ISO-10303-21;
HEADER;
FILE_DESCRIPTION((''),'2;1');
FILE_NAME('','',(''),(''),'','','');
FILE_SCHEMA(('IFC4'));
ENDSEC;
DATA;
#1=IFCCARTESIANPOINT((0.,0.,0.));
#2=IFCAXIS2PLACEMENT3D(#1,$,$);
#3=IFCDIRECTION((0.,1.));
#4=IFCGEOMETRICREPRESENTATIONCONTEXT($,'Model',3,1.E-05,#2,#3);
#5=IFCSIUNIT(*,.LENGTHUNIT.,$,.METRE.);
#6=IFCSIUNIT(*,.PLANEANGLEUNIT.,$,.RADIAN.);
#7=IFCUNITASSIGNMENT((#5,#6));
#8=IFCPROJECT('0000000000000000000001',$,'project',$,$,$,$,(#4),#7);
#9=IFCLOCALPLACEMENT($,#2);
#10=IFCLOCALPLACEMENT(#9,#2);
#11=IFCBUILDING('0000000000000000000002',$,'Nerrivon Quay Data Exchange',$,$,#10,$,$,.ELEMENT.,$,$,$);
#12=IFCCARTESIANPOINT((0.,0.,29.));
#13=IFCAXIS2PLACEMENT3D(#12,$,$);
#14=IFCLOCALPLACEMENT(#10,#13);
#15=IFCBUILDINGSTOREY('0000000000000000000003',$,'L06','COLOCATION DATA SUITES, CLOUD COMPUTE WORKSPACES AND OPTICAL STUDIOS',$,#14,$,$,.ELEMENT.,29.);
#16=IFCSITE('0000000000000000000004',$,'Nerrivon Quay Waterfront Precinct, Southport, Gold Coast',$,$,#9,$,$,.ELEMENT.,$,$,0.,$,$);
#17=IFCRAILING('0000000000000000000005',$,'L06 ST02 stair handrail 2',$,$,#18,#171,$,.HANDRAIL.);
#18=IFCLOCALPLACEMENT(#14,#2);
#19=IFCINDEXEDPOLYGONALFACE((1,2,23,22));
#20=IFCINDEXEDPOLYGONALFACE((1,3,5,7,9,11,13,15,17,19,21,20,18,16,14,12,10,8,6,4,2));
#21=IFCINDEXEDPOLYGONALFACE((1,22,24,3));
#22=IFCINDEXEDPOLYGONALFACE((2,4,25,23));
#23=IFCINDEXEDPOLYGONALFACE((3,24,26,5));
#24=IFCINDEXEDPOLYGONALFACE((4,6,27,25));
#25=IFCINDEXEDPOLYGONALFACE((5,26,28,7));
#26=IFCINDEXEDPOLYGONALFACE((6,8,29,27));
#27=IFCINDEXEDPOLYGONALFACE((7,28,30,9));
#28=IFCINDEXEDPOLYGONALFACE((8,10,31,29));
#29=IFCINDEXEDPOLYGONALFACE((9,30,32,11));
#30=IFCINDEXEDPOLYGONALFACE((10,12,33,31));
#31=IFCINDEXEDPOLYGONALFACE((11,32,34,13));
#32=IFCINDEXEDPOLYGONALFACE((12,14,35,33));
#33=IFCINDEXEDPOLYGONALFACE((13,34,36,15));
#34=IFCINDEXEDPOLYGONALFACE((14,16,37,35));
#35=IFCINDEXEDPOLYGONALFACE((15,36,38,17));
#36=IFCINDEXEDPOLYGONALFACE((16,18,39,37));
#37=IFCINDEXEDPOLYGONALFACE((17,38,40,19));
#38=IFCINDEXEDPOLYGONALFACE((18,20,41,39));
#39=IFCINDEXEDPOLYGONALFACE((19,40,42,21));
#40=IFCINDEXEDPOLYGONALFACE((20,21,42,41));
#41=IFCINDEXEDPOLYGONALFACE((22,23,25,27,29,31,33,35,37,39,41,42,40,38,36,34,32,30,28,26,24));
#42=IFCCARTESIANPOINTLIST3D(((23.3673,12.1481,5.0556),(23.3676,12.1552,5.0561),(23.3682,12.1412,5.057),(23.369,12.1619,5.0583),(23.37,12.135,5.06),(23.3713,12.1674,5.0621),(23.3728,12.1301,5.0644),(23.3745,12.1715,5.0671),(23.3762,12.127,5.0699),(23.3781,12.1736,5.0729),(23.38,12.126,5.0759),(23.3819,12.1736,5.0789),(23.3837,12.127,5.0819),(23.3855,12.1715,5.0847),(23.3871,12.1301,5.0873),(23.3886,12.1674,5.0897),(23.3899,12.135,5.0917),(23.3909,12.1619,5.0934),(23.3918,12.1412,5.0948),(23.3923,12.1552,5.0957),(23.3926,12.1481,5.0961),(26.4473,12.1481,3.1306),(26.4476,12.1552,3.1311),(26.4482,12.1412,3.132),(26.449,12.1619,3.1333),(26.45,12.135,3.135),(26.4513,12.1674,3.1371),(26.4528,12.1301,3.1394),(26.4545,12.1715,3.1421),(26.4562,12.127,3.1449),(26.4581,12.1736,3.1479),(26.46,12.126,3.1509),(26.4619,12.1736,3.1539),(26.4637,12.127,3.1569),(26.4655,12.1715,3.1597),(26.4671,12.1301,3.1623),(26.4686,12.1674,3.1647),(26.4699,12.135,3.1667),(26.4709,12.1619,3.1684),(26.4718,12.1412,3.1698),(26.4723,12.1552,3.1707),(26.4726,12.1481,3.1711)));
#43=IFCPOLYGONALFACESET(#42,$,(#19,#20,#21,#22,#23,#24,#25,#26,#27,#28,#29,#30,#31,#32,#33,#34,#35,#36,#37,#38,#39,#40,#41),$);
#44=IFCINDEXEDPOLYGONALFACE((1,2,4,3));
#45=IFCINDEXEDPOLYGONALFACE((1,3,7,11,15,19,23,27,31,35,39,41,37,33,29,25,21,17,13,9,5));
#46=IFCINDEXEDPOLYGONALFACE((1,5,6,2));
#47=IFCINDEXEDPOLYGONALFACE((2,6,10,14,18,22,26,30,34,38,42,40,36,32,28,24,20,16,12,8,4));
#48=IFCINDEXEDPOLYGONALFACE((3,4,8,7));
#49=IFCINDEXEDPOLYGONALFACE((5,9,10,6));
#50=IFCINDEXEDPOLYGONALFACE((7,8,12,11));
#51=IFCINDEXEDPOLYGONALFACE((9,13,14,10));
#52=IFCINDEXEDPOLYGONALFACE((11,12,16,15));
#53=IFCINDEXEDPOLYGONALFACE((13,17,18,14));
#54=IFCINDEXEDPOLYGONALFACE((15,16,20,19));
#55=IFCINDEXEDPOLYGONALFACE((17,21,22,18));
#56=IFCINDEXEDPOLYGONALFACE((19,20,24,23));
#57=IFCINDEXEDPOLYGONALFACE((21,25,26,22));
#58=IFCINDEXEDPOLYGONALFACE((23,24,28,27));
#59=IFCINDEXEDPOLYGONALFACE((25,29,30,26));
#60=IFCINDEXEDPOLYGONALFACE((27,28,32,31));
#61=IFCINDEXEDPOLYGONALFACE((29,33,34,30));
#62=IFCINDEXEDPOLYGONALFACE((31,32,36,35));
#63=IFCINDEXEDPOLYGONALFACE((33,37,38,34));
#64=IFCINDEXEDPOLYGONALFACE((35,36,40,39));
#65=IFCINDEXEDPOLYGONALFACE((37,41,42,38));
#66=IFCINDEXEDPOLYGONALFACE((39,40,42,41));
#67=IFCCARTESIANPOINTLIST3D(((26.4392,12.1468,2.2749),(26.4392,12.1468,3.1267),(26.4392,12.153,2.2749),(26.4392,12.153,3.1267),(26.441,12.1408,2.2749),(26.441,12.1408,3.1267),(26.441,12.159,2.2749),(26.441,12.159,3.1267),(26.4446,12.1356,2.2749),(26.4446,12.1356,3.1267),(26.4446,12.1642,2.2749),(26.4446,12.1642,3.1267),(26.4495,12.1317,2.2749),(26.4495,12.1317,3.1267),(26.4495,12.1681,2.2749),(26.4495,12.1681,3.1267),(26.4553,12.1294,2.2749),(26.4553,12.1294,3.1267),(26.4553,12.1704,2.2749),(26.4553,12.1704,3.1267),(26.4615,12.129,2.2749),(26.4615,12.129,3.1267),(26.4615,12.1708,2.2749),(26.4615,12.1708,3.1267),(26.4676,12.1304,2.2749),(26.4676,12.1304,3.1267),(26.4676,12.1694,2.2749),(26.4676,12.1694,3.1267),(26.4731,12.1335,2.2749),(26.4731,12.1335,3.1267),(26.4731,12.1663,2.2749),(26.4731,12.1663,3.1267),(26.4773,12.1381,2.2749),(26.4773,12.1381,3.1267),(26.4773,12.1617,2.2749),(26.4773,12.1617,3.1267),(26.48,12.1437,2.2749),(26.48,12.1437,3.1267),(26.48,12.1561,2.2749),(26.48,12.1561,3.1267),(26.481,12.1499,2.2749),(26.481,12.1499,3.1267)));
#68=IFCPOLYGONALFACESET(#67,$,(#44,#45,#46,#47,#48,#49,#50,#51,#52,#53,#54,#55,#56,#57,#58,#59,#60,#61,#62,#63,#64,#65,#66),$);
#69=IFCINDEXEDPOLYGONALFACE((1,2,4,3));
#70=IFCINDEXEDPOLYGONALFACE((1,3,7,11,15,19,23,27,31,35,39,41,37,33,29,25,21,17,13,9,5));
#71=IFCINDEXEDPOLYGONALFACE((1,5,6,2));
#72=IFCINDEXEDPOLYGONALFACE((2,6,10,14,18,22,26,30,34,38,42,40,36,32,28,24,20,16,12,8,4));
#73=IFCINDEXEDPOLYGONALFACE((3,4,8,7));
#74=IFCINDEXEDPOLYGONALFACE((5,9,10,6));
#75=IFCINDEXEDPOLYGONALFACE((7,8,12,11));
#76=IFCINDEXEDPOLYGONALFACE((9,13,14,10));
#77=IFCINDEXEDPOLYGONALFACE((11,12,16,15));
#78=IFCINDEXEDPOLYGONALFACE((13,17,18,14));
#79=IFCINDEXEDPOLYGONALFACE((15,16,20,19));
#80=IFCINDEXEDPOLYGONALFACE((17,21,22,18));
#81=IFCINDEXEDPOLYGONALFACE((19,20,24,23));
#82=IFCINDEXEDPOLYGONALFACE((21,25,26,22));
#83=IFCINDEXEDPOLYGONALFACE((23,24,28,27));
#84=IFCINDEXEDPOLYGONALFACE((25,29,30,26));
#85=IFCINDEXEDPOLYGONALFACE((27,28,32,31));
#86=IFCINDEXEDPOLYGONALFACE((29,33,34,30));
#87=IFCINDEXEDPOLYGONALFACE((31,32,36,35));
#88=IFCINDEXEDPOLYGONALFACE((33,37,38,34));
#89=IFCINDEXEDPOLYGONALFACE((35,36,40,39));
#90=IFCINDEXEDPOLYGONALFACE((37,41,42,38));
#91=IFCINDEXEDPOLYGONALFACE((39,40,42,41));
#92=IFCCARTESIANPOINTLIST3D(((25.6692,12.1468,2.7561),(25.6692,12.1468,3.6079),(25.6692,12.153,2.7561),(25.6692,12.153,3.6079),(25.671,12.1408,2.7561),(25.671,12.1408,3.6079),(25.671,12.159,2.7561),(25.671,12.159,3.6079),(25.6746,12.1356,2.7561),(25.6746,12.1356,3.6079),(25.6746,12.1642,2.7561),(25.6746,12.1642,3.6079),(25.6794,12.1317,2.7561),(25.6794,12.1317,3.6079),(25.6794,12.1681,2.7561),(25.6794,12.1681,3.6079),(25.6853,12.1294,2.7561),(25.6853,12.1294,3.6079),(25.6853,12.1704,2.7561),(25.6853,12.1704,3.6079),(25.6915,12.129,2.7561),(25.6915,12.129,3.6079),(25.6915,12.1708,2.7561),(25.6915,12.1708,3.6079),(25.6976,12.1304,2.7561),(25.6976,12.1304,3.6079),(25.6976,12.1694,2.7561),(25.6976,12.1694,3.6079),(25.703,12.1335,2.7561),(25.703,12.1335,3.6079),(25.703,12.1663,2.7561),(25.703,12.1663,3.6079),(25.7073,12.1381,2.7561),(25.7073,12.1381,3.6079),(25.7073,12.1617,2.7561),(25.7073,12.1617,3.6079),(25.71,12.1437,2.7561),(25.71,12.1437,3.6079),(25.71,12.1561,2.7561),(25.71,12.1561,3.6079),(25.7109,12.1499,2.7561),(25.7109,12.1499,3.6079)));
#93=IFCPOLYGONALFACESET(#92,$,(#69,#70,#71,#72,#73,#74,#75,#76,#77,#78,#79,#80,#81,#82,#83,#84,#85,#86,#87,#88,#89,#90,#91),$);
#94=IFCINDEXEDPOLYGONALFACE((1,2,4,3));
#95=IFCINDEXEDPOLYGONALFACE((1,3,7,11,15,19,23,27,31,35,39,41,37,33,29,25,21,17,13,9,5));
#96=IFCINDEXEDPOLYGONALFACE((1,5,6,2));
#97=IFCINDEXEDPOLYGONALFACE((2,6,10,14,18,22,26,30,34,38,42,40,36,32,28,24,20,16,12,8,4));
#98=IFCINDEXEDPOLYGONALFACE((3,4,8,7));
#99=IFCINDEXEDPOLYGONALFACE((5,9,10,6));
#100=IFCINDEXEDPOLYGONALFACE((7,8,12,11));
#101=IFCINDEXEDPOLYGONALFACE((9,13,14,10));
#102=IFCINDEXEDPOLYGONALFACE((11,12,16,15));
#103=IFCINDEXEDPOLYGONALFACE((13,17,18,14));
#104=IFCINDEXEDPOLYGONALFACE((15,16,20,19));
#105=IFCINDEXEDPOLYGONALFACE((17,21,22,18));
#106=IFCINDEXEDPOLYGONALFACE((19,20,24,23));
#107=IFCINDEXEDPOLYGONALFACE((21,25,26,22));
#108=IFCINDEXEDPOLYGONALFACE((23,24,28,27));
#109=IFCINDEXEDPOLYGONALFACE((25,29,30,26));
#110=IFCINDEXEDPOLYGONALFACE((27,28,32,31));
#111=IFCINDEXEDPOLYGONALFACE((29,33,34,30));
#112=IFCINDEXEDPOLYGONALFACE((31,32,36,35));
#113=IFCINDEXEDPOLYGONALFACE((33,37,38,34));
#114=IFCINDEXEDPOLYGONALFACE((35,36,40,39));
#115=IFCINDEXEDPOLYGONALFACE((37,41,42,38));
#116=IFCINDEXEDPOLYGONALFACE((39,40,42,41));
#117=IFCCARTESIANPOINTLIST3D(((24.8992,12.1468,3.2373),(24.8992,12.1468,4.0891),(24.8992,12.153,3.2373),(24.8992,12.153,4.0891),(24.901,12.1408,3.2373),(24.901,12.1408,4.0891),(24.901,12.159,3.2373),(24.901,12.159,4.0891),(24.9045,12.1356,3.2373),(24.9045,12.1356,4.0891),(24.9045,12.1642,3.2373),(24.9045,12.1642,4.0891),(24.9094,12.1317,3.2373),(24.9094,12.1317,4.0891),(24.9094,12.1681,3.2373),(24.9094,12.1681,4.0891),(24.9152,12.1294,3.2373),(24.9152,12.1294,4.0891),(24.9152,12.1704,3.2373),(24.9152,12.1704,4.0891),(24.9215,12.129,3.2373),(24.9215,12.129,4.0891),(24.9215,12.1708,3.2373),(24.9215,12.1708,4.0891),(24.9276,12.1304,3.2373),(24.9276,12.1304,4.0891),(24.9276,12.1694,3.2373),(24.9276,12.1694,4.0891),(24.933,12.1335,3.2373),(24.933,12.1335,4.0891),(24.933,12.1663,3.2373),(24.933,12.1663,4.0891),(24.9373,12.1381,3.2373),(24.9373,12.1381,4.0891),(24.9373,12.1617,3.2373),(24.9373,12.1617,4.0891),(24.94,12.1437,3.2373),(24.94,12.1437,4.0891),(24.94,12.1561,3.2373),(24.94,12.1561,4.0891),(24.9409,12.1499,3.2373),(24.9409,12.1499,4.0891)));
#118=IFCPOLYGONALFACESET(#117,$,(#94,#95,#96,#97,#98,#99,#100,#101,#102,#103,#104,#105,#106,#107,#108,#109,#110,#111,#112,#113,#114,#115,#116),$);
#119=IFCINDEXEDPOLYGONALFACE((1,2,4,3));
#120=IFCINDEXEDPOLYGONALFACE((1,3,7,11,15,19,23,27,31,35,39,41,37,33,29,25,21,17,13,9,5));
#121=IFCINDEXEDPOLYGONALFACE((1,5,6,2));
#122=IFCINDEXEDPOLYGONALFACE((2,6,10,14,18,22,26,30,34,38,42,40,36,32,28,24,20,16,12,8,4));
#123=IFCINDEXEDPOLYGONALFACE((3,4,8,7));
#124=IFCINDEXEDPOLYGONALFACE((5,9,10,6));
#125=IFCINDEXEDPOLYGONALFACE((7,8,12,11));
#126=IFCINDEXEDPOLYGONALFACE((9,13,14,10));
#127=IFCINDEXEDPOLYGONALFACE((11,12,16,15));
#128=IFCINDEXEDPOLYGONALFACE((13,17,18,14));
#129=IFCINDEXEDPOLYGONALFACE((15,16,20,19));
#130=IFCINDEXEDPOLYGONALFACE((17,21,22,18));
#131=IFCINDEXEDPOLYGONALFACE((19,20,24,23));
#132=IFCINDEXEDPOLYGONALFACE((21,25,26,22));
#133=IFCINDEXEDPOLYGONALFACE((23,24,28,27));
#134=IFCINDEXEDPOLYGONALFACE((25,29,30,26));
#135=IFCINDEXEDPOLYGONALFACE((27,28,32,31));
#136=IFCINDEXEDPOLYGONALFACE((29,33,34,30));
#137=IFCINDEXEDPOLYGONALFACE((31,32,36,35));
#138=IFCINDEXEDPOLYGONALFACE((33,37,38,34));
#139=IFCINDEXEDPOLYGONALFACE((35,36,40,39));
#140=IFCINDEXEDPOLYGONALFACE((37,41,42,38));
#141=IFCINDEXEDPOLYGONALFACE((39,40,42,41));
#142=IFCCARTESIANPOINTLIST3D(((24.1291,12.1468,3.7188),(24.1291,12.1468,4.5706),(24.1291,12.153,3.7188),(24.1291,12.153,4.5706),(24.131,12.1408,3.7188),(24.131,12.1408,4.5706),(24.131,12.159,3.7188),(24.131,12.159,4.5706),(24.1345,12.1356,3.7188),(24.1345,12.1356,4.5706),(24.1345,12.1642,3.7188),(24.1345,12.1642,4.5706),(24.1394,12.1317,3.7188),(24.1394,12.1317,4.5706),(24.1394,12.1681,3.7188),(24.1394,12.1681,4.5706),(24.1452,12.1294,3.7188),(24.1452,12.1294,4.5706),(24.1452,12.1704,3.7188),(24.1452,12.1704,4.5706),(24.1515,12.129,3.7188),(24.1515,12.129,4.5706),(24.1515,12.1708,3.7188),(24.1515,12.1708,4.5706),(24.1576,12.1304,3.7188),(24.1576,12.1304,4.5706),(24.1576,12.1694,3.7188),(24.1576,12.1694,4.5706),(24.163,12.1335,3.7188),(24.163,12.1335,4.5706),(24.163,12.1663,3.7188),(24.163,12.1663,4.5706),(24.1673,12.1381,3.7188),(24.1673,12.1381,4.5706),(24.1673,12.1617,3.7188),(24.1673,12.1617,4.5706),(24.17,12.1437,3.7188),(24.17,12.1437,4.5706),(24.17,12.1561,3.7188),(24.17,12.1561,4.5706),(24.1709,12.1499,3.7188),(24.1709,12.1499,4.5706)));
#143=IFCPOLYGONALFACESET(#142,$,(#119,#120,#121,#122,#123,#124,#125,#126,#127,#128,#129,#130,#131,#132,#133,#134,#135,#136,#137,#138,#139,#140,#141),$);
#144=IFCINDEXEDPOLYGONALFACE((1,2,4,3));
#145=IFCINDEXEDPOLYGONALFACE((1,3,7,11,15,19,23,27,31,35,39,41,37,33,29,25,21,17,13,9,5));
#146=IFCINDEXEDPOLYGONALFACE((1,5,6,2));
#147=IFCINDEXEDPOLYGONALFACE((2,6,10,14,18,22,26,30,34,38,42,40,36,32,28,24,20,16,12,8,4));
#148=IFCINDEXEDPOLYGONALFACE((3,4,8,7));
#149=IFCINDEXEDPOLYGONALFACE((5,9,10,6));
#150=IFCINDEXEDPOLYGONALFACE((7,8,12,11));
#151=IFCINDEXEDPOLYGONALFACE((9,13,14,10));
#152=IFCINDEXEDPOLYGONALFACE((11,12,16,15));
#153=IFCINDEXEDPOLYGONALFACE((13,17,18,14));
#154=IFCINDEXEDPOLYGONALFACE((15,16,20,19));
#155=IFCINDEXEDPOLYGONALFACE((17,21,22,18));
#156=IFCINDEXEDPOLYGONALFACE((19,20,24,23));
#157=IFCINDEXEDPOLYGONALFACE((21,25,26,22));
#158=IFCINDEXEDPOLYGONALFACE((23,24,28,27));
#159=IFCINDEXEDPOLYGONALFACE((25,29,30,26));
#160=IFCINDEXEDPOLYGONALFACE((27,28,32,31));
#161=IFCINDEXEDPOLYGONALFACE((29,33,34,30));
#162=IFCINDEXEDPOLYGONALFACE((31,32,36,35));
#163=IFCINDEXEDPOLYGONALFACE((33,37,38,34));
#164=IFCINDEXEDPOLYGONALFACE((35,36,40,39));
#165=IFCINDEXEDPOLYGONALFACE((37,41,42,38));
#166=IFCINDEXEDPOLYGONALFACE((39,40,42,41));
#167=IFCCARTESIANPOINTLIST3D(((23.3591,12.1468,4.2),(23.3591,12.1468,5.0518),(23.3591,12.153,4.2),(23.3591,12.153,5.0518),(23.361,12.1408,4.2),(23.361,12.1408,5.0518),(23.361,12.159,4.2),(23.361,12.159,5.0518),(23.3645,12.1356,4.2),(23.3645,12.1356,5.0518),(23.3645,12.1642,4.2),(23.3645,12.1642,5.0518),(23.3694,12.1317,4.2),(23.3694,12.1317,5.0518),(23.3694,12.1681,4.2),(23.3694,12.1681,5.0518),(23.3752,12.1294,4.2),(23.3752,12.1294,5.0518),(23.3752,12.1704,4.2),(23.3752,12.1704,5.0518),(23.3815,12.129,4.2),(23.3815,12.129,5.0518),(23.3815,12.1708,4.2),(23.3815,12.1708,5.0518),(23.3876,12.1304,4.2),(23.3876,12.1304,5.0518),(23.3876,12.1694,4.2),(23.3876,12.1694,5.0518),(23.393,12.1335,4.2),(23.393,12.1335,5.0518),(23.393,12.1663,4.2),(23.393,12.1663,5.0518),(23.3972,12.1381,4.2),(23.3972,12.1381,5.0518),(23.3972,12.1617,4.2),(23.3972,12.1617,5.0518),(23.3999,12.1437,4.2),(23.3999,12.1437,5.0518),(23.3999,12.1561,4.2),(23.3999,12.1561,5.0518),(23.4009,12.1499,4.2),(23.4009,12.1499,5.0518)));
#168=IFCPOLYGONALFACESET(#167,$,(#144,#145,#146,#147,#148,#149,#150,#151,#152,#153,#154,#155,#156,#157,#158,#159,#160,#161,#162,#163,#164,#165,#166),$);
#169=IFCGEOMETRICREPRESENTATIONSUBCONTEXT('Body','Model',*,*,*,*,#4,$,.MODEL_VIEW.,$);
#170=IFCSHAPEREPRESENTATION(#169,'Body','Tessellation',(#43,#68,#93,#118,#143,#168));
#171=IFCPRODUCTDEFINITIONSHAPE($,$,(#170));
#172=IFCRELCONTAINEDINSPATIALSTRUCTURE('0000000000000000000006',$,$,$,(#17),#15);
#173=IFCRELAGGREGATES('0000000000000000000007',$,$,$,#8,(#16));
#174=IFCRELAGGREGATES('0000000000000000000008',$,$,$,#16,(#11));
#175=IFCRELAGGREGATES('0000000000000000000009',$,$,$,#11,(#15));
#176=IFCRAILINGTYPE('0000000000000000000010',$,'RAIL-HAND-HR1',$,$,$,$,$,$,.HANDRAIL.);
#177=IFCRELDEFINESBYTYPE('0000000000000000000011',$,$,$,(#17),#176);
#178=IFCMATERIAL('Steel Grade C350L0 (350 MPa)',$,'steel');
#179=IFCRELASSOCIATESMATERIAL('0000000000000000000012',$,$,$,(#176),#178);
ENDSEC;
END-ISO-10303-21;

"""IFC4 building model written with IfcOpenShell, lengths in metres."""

from ifc_helpers import new_model, si_unit, direction, frame, origin, origin_2d, place, context, subcontext, project, spatial, circle, extrude, material, type_object, element, save


model = new_model("IFC4")

# Units and contexts
model_context = context("Model", 3, precision=1e-05, world=origin(), true_north=direction((0.0, 1.0)))
body_context = subcontext(model_context, "Body", "Model", "MODEL_VIEW")
ifc_project = project(units=[si_unit("LENGTHUNIT", "METRE"), si_unit("PLANEANGLEUNIT", "RADIAN")], contexts=[model_context])

# Site, building, storey
site_placement = place(None, origin())
site = spatial("IfcSite", under=ifc_project, at=site_placement, Name="Nerrivon Quay Waterfront Precinct, Southport, Gold Coast", CompositionType="ELEMENT", RefElevation=0.0)
building_placement = place(site_placement, origin())
building = spatial("IfcBuilding", under=site, at=building_placement, Name="Nerrivon Quay Data Exchange", CompositionType="ELEMENT")
storey_placement = place(building_placement, frame((0.0, 0.0, 29.0)))
storey = spatial("IfcBuildingStorey", under=building, at=storey_placement, Name="L06", Description="COLOCATION DATA SUITES, CLOUD COMPUTE WORKSPACES AND OPTICAL STUDIOS", CompositionType="ELEMENT", Elevation=29.0)

# Railing
ifc_material_1 = material(Name="Steel Grade C350L0 (350 MPa)", Category="steel")
railing_type_1 = type_object("IfcRailingType", Name="RAIL-HAND-HR1", PredefinedType="HANDRAIL", material=ifc_material_1)
railing_1_placement = place(storey_placement, frame((26.46, 12.1499, 2.2749)))
element("IfcRailing", 1, at=railing_1_placement, inside=storey, type_object=railing_type_1, Name="L06 ST02 stair handrail 2", PredefinedType="HANDRAIL", context=body_context, shape_type="SweptSolid", body=[
    extrude(circle(Radius=0.0239, at=origin_2d()), frame((0.0, 0.0, 0.876), z_axis=(-0.847998, 0.0, 0.529999), x_axis=(0.0, -1.0, 0.0)), (0.0, 0.0, 1.0), 3.6321),
    extrude(circle(Radius=0.021, at=origin_2d()), origin(), (0.0, 0.0, 1.0), 0.8518),
    extrude(circle(Radius=0.021, at=origin_2d()), frame((-0.77, 0.0, 0.4812)), (0.0, 0.0, 1.0), 0.8518),
    extrude(circle(Radius=0.021, at=origin_2d()), frame((-1.54, 0.0, 0.9624)), (0.0, 0.0, 1.0), 0.8518),
    extrude(circle(Radius=0.021, at=origin_2d()), frame((-2.3101, 0.0, 1.4438)), (0.0, 0.0, 1.0), 0.8518),
    extrude(circle(Radius=0.021, at=origin_2d()), frame((-3.0801, 0.0, 1.925)), (0.0, 0.0, 1.0), 0.8518),
])

save(model, "model.ifc")
